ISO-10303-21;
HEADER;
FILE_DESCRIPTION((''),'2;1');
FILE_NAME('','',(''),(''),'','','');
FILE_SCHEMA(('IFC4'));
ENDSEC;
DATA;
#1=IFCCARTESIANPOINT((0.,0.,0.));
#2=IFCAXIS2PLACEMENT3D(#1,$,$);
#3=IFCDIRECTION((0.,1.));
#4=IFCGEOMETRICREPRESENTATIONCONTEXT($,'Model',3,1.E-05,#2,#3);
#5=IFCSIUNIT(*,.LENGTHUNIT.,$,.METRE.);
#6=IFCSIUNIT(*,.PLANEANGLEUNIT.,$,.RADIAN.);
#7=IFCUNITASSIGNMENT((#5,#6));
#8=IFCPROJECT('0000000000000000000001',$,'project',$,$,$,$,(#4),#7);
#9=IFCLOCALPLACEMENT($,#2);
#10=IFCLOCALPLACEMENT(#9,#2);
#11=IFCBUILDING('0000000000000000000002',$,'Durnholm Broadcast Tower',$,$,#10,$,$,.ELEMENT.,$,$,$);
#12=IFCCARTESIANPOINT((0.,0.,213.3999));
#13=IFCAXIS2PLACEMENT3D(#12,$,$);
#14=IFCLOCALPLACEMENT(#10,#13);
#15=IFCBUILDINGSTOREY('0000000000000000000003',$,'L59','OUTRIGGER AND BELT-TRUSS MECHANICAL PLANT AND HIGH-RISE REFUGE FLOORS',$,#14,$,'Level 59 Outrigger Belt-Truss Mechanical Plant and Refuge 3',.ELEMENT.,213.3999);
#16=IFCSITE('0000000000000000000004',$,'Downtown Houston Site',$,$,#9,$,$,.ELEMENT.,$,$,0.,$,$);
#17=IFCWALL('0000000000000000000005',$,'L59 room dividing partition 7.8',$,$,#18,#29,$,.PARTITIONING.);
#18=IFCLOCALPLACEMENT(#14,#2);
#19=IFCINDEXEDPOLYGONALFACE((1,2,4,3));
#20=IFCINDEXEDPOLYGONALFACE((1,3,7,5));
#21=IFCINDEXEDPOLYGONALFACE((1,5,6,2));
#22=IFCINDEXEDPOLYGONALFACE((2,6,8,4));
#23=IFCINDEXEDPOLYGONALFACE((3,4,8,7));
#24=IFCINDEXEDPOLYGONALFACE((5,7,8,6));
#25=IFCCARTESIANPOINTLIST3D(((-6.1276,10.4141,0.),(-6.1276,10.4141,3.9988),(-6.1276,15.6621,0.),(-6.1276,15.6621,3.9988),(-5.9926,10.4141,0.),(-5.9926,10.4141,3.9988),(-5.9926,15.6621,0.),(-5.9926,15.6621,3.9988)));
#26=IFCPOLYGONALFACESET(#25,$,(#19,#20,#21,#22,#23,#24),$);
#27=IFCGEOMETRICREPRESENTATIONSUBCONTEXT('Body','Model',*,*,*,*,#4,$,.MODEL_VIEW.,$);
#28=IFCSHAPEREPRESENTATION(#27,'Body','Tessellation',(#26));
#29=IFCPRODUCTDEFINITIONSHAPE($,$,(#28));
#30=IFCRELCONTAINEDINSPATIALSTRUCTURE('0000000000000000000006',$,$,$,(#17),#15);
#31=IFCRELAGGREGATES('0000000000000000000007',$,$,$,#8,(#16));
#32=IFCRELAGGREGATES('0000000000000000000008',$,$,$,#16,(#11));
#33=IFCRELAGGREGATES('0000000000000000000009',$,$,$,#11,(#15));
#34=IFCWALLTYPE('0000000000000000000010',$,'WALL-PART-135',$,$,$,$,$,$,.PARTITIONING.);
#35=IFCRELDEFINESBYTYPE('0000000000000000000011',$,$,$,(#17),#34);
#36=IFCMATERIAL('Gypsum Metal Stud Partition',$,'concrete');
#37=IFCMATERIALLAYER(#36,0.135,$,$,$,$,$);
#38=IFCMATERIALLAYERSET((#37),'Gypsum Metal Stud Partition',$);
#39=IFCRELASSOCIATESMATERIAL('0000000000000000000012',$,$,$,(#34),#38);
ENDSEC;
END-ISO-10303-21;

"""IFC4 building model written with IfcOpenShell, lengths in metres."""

from ifc_helpers import new_model, si_unit, direction, frame, frame_2d, origin, place, context, subcontext, project, spatial, rectangle, extrude, material, layer, layer_set, type_object, element, save


model = new_model("IFC4")

# Units and contexts
model_context = context("Model", 3, precision=1e-05, world=origin(), true_north=direction((0.0, 1.0)))
body_context = subcontext(model_context, "Body", "Model", "MODEL_VIEW")
ifc_project = project(units=[si_unit("LENGTHUNIT", "METRE"), si_unit("PLANEANGLEUNIT", "RADIAN")], contexts=[model_context])

# Site, building, storey
site_placement = place(None, origin())
site = spatial("IfcSite", under=ifc_project, at=site_placement, Name="Downtown Houston Site", CompositionType="ELEMENT", RefElevation=0.0)
building_placement = place(site_placement, origin())
building = spatial("IfcBuilding", under=site, at=building_placement, Name="Durnholm Broadcast Tower", CompositionType="ELEMENT")
storey_placement = place(building_placement, frame((0.0, 0.0, 213.3999)))
storey = spatial("IfcBuildingStorey", under=building, at=storey_placement, Name="L59", Description="OUTRIGGER AND BELT-TRUSS MECHANICAL PLANT AND HIGH-RISE REFUGE FLOORS", LongName="Level 59 Outrigger Belt-Truss Mechanical Plant and Refuge 3", CompositionType="ELEMENT", Elevation=213.3999)

# Wall
ifc_material_1 = material(Name="Gypsum Metal Stud Partition", Category="concrete")
ifc_layer_1 = layer(ifc_material_1, 0.135)
ifc_layer_set_1 = layer_set([ifc_layer_1], Name="Gypsum Metal Stud Partition")
wall_type_1 = type_object("IfcWallType", Name="WALL-PART-135", PredefinedType="PARTITIONING", material=ifc_layer_set_1)
wall_1_placement = place(storey_placement, frame((-6.0601, 15.6621, 0.0), z_axis=(0.0, 0.0, 1.0), x_axis=(0.0, -1.0, 0.0)))
element("IfcWall", 1, at=wall_1_placement, inside=storey, type_object=wall_type_1, Name="L59 room dividing partition 7.8", PredefinedType="PARTITIONING", context=body_context, shape_type="SweptSolid", body=[
    extrude(rectangle(XDim=5.248, YDim=0.135, at=frame_2d((2.624, 0.0))), origin(), (0.0, 0.0, 1.0), 3.9988),
])

save(model, "model.ifc")
